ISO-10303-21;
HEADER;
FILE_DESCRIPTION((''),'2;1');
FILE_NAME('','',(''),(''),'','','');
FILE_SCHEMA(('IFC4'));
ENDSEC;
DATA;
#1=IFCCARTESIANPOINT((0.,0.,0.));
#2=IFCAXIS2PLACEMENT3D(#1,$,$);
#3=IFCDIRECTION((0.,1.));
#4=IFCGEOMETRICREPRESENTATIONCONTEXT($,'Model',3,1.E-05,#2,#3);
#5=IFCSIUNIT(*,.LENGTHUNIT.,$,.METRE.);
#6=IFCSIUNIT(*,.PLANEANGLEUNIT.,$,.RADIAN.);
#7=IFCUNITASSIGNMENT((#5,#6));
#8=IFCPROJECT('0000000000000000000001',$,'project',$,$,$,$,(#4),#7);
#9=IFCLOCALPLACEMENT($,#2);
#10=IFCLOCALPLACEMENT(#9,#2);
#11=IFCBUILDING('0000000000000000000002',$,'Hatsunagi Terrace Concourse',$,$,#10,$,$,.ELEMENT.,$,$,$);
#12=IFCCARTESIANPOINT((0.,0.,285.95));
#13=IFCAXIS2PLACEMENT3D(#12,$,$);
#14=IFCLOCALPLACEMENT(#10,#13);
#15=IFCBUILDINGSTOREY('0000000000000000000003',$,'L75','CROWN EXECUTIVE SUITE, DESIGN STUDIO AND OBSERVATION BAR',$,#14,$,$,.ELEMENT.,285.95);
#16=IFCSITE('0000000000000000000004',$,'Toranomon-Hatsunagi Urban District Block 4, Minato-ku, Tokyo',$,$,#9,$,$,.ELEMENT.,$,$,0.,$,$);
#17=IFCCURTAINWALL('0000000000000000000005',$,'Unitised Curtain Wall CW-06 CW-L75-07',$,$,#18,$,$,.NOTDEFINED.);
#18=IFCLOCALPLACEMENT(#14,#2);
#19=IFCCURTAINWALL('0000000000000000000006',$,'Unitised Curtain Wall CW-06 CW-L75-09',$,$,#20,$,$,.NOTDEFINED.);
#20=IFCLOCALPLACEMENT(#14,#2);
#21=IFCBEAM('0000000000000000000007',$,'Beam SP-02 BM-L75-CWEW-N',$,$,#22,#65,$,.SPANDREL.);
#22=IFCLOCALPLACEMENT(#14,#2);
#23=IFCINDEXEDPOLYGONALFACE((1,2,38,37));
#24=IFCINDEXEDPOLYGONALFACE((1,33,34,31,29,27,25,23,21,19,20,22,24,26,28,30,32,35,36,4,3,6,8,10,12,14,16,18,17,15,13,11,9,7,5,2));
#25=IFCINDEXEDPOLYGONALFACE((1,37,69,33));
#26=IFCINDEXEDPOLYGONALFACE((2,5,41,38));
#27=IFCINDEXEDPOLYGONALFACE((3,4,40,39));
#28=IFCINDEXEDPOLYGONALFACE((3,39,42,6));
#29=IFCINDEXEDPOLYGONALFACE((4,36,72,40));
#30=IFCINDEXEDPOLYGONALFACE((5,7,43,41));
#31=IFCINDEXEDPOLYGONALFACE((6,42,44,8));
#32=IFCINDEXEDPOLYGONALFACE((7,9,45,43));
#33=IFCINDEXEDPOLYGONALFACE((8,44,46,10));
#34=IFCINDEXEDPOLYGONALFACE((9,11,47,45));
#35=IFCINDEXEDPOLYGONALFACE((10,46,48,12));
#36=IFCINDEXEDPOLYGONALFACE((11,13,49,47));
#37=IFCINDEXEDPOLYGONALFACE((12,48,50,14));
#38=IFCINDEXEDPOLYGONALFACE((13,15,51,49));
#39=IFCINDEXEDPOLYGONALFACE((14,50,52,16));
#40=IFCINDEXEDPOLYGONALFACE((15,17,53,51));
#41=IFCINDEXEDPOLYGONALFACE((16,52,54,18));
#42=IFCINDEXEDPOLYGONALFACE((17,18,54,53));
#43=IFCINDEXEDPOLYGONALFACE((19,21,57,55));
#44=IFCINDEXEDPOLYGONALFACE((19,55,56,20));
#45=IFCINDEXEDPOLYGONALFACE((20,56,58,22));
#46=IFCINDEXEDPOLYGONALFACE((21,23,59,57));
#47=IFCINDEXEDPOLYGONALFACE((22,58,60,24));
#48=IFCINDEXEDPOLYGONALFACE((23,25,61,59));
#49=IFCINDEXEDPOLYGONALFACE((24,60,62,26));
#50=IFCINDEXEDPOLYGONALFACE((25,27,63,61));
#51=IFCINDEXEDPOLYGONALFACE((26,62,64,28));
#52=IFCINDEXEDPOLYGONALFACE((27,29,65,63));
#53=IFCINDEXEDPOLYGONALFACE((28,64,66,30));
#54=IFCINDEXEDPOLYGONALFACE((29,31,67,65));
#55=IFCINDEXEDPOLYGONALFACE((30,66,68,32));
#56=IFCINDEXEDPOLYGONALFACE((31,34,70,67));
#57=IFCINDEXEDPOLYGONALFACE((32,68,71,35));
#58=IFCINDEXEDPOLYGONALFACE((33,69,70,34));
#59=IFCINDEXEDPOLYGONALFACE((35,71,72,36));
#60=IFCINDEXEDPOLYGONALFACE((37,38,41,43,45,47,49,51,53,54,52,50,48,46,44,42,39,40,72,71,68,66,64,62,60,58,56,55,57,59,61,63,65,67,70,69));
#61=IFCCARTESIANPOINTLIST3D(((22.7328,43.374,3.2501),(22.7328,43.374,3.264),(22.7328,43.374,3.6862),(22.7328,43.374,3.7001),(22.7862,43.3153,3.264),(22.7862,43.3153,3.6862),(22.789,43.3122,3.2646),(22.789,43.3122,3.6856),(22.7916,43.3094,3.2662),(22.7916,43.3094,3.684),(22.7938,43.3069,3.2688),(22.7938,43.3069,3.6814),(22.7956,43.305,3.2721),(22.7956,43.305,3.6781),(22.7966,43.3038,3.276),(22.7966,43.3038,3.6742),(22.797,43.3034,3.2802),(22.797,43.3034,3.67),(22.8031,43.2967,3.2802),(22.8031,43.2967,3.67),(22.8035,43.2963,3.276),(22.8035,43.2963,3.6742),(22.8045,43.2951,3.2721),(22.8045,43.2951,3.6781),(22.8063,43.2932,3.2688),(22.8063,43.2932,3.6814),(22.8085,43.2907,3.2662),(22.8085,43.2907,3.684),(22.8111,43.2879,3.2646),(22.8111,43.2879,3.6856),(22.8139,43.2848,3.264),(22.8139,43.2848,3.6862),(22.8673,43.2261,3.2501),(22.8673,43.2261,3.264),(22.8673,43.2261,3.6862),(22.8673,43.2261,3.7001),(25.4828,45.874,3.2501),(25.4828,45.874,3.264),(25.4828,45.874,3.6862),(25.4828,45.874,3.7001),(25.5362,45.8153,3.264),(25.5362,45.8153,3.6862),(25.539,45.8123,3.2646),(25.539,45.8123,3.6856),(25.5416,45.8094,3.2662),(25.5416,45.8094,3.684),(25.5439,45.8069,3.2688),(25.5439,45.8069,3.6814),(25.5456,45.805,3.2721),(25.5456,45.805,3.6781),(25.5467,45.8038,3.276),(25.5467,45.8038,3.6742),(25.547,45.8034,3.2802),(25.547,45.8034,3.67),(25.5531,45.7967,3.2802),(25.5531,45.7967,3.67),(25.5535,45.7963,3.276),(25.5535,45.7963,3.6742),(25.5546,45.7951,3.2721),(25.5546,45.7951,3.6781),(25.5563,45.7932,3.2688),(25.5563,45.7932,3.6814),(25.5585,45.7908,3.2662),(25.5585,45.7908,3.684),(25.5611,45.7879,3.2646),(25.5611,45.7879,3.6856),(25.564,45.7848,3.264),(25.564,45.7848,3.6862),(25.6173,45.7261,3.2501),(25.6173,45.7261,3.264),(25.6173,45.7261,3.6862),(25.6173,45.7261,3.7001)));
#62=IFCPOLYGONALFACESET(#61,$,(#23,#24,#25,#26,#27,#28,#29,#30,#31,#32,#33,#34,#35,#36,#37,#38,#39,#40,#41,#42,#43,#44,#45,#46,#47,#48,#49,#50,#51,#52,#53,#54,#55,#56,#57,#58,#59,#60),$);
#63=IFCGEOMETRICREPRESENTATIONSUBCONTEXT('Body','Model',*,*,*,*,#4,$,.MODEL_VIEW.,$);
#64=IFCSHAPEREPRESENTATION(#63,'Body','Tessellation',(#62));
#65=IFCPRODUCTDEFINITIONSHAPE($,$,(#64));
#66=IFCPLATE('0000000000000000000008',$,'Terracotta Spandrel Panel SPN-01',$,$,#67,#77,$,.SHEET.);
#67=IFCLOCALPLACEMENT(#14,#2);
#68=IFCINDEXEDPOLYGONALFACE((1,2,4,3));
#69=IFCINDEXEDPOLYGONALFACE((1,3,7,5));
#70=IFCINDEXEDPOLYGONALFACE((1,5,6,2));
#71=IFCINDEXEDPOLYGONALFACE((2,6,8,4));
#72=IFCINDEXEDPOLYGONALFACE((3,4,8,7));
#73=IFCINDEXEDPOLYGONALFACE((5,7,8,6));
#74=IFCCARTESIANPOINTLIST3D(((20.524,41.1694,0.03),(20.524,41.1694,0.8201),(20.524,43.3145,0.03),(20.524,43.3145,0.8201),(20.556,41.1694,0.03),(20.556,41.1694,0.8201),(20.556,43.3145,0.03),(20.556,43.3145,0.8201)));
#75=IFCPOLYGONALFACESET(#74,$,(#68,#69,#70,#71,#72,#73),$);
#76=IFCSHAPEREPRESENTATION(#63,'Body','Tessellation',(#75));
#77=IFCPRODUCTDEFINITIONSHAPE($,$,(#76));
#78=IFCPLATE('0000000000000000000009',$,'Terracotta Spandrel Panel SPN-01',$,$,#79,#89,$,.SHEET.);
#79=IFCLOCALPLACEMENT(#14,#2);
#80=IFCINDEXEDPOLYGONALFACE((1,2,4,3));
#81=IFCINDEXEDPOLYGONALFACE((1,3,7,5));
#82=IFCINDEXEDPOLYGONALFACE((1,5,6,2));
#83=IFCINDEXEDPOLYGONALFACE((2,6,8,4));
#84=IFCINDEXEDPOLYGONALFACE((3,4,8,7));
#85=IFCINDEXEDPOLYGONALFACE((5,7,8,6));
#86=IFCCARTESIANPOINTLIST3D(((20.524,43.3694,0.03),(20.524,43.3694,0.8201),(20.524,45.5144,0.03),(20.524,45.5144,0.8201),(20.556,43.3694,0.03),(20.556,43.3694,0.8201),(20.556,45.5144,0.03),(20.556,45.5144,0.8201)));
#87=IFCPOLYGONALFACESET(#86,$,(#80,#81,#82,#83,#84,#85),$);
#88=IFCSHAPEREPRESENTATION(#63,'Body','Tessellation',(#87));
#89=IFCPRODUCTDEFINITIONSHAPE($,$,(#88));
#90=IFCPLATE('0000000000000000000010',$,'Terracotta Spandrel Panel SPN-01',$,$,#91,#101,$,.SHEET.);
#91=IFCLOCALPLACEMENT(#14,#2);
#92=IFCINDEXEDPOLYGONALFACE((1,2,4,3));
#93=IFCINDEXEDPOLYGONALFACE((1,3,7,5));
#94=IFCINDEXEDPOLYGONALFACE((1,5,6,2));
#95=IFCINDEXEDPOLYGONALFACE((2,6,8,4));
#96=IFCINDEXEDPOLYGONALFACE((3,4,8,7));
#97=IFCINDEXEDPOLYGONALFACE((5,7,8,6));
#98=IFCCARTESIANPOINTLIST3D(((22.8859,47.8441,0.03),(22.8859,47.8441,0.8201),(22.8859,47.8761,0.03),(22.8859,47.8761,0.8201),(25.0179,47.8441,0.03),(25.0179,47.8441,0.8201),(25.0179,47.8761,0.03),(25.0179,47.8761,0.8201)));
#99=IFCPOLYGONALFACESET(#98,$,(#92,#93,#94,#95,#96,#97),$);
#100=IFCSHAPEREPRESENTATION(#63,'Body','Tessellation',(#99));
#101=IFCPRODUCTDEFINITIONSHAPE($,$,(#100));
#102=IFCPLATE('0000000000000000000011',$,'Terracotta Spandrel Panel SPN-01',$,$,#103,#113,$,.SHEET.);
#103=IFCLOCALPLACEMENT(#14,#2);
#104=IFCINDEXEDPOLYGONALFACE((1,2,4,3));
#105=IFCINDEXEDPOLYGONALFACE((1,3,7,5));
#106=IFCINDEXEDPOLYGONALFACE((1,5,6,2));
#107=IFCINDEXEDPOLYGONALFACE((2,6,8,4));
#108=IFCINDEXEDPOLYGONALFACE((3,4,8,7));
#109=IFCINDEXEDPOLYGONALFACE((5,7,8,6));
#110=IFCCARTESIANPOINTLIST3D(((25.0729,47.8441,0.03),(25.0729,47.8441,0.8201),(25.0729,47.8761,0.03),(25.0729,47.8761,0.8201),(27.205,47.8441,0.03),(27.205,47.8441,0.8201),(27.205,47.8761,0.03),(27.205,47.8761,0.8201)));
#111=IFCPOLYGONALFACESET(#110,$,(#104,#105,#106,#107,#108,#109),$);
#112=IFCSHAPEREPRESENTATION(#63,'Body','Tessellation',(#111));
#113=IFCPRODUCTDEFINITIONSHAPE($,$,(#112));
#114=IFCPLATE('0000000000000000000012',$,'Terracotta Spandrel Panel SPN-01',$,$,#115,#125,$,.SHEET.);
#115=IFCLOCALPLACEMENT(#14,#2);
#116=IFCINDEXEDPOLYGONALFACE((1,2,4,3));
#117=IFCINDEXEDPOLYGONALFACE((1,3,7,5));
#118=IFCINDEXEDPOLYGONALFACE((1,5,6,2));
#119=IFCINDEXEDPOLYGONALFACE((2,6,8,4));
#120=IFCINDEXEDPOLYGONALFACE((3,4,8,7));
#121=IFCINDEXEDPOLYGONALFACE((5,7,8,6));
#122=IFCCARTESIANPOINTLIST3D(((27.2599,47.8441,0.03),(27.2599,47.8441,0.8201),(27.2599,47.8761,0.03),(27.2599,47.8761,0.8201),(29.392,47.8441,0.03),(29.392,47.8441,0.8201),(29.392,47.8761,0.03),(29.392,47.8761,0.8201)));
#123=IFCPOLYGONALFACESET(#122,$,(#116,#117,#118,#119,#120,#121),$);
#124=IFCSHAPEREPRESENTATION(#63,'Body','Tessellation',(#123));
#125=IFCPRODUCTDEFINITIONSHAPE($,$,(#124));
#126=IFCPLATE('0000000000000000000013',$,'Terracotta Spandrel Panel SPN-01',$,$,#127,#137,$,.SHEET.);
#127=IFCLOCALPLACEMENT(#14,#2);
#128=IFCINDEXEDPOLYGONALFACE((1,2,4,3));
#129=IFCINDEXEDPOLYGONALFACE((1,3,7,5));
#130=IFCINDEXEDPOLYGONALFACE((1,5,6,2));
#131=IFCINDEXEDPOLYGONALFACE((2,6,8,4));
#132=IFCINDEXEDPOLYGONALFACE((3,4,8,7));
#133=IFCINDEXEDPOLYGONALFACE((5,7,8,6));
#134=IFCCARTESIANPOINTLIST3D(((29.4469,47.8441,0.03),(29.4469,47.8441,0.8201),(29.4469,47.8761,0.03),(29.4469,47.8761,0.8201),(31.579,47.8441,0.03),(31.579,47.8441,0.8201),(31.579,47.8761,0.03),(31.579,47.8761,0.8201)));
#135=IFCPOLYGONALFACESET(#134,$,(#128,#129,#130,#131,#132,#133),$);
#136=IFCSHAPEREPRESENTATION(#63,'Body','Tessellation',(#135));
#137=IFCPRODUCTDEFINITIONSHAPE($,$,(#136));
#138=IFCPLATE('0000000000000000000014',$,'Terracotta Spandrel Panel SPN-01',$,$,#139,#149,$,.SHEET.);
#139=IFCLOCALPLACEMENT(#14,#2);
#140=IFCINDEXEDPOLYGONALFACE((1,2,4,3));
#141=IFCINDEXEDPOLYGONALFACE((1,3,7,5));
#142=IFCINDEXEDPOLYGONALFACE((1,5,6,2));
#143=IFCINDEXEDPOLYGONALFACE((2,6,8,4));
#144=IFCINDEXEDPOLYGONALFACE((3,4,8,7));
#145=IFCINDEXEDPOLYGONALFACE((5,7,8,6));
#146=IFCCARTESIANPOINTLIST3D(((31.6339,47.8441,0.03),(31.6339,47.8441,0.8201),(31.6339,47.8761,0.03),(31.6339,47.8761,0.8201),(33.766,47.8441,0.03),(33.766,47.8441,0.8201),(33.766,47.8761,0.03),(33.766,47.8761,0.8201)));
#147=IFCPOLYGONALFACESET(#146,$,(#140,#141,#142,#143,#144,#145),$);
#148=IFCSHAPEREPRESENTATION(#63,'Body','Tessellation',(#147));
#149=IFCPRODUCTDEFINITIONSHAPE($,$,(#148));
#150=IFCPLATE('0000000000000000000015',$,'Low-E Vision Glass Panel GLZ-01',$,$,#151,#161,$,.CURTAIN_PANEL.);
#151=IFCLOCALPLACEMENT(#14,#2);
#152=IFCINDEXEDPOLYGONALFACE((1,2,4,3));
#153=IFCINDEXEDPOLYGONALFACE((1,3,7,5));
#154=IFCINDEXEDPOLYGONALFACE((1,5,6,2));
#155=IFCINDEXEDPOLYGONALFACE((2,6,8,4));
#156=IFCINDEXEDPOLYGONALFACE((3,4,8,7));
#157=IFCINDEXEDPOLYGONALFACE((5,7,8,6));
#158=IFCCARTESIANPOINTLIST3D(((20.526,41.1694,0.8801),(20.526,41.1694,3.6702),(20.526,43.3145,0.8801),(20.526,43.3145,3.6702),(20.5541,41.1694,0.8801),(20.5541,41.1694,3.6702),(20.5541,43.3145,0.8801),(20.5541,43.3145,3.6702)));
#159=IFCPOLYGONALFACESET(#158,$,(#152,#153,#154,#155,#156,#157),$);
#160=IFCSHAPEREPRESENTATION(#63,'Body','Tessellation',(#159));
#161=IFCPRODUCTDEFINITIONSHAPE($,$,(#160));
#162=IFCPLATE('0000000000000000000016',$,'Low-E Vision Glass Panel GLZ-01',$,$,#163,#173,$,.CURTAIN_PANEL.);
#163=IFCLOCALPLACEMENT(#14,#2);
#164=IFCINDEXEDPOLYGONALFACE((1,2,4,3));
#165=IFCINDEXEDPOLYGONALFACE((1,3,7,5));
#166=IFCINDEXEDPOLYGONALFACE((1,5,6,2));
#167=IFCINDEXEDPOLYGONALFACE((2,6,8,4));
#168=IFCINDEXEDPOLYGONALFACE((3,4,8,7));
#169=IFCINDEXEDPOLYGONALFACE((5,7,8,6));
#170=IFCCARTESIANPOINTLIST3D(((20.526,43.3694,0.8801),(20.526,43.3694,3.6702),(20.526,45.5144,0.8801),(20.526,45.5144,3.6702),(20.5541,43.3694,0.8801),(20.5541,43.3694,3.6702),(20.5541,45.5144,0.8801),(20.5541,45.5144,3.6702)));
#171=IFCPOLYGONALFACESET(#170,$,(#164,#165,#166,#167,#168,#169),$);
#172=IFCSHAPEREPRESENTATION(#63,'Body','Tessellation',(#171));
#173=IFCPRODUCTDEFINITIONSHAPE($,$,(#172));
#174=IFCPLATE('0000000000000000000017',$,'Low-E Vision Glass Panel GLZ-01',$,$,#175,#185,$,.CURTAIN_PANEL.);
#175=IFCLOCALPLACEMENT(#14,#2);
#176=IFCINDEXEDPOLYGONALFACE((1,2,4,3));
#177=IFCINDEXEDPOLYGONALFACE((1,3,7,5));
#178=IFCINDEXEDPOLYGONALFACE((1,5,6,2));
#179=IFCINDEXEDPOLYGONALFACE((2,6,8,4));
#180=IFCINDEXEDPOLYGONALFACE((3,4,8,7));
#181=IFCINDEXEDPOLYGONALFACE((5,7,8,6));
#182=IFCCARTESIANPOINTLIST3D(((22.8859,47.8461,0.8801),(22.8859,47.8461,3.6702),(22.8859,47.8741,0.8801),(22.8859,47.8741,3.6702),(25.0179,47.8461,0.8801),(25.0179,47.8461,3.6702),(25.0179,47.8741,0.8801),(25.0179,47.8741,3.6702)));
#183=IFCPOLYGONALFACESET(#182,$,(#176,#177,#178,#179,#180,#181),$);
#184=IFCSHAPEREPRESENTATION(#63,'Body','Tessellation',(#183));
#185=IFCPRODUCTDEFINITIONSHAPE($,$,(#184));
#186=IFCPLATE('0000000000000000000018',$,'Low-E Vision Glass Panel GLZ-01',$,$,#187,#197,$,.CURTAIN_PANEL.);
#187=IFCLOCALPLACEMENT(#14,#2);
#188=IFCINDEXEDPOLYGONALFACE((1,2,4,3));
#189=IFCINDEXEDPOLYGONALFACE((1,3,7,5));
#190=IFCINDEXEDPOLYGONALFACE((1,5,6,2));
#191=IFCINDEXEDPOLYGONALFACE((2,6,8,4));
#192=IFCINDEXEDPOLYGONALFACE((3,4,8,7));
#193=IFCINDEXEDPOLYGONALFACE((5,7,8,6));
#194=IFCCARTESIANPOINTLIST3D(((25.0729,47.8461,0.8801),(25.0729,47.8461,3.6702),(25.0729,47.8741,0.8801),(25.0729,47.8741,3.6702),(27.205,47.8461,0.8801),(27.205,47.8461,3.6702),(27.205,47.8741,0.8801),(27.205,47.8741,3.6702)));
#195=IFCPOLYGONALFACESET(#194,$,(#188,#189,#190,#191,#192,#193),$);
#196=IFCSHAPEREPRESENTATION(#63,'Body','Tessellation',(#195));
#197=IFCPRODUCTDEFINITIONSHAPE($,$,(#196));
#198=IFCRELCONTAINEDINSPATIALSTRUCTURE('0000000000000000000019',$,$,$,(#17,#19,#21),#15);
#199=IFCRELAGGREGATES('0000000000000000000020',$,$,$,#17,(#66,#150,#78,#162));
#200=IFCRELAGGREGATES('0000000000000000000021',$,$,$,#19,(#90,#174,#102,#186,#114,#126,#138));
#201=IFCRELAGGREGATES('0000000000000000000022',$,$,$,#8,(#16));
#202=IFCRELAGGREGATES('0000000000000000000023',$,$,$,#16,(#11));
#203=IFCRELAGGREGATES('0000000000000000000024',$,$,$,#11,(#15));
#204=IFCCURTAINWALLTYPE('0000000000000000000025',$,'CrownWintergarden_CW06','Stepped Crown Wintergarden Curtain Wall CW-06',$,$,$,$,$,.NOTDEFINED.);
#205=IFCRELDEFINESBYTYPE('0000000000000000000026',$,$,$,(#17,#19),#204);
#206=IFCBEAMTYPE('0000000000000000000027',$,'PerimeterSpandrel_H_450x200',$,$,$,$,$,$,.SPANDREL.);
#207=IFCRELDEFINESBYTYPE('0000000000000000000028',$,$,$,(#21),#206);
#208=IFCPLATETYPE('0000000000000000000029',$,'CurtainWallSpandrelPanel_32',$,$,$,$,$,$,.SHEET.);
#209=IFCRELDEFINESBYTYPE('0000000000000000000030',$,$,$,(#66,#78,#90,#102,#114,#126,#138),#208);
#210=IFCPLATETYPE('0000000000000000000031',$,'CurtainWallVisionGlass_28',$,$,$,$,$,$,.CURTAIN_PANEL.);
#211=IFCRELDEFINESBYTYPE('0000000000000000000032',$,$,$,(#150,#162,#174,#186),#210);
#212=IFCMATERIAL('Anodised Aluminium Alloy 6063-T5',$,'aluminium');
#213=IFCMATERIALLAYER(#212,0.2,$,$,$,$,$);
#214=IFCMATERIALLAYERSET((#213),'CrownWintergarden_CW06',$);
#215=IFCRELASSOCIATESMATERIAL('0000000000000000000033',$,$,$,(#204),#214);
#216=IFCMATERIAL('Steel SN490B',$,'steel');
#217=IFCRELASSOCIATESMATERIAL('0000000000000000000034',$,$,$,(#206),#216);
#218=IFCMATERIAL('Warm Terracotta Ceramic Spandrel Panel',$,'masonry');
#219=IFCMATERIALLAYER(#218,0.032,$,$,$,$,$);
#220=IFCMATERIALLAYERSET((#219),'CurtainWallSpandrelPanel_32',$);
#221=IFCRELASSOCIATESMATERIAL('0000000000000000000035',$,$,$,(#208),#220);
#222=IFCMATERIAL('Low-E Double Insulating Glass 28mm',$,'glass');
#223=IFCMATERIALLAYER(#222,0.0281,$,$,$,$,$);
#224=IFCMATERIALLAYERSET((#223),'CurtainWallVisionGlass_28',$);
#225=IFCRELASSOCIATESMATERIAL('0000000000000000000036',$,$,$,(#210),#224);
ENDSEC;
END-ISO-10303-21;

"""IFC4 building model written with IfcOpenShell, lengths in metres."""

from ifc_helpers import new_model, si_unit, direction, frame, origin, origin_2d, place, context, subcontext, project, spatial, rectangle, i_section, extrude, material, layer, layer_set, material_profile, profile_set, type_object, element, aggregate, save


model = new_model("IFC4")

# Units and contexts
model_context = context("Model", 3, precision=1e-05, world=origin(), true_north=direction((0.0, 1.0)))
body_context = subcontext(model_context, "Body", "Model", "MODEL_VIEW")
ifc_project = project(units=[si_unit("LENGTHUNIT", "METRE"), si_unit("PLANEANGLEUNIT", "RADIAN")], contexts=[model_context])

# Site, building, storey
site_placement = place(None, origin())
site = spatial("IfcSite", under=ifc_project, at=site_placement, Name="Toranomon-Hatsunagi Urban District Block 4, Minato-ku, Tokyo", CompositionType="ELEMENT", RefElevation=0.0)
building_placement = place(site_placement, origin())
building = spatial("IfcBuilding", under=site, at=building_placement, Name="Hatsunagi Terrace Concourse", CompositionType="ELEMENT")
storey_placement = place(building_placement, frame((0.0, 0.0, 285.95)))
storey = spatial("IfcBuildingStorey", under=building, at=storey_placement, Name="L75", Description="CROWN EXECUTIVE SUITE, DESIGN STUDIO AND OBSERVATION BAR", CompositionType="ELEMENT", Elevation=285.95)

# Curtain walls
ifc_material_1 = material(Name="Anodised Aluminium Alloy 6063-T5", Category="aluminium")
ifc_layer_1 = layer(ifc_material_1, 0.2)
ifc_layer_set_1 = layer_set([ifc_layer_1], Name="CrownWintergarden_CW06")
curtain_wall_type = type_object("IfcCurtainWallType", Name="CrownWintergarden_CW06", Description="Stepped Crown Wintergarden Curtain Wall CW-06", PredefinedType="NOTDEFINED", material=ifc_layer_set_1)
curtain_wall_1_placement = place(storey_placement, origin())
curtain_wall_1 = element("IfcCurtainWall", 1, at=curtain_wall_1_placement, inside=storey, type_object=curtain_wall_type, Name="Unitised Curtain Wall CW-06 CW-L75-07", PredefinedType="NOTDEFINED")
curtain_wall_2_placement = place(storey_placement, origin())
curtain_wall_2 = element("IfcCurtainWall", 2, at=curtain_wall_2_placement, inside=storey, type_object=curtain_wall_type, Name="Unitised Curtain Wall CW-06 CW-L75-09", PredefinedType="NOTDEFINED")

# Beam
ifc_material_2 = material(Name="Steel SN490B", Category="steel")
ifc_material_profile_1 = material_profile(ifc_material_2, i_section(OverallWidth=0.2, OverallDepth=0.45, WebThickness=0.009, FlangeThickness=0.0139, FilletRadius=0.0161, at=origin_2d()), Name="H-450x200x9x14")
ifc_profile_set_1 = profile_set([ifc_material_profile_1], Name="Steel SN490B")
beam_type_1 = type_object("IfcBeamType", Name="PerimeterSpandrel_H_450x200", PredefinedType="SPANDREL", material=ifc_profile_set_1)
beam_1_placement = place(storey_placement, frame((22.8, 43.3, 3.4751), z_axis=(0.73994, 0.672673, 0.0), x_axis=(-0.672673, 0.73994, 0.0)))
element("IfcBeam", 3, at=beam_1_placement, inside=storey, type_object=beam_type_1, Name="Beam SP-02 BM-L75-CWEW-N", PredefinedType="SPANDREL", context=body_context, shape_type="SweptSolid", body=[
    extrude(i_section(OverallWidth=0.2, OverallDepth=0.45, WebThickness=0.009, FlangeThickness=0.0139, FilletRadius=0.0161, at=origin_2d()), origin(), (0.0, 0.0, 1.0), 3.7166),
])

# Plates
ifc_material_3 = material(Name="Warm Terracotta Ceramic Spandrel Panel", Category="masonry")
ifc_layer_2 = layer(ifc_material_3, 0.032)
ifc_layer_set_2 = layer_set([ifc_layer_2], Name="CurtainWallSpandrelPanel_32")
plate_type_1 = type_object("IfcPlateType", Name="CurtainWallSpandrelPanel_32", PredefinedType="SHEET", material=ifc_layer_set_2)
plate_1_placement = place(storey_placement, frame((20.54, 42.2419, 0.03), z_axis=(0.0, 0.0, 1.0), x_axis=(0.0, 1.0, 0.0)))
plate_1 = element("IfcPlate", 4, at=plate_1_placement, type_object=plate_type_1, Name="Terracotta Spandrel Panel SPN-01", PredefinedType="SHEET", context=body_context, shape_type="SweptSolid", body=[
    extrude(rectangle(XDim=2.145, YDim=0.032, at=origin_2d()), origin(), (0.0, 0.0, 1.0), 0.79),
])
plate_2_placement = place(storey_placement, frame((20.54, 44.4419, 0.03), z_axis=(0.0, 0.0, 1.0), x_axis=(0.0, 1.0, 0.0)))
plate_2 = element("IfcPlate", 5, at=plate_2_placement, type_object=plate_type_1, Name="Terracotta Spandrel Panel SPN-01", PredefinedType="SHEET", context=body_context, shape_type="SweptSolid", body=[
    extrude(rectangle(XDim=2.145, YDim=0.032, at=origin_2d()), origin(), (0.0, 0.0, 1.0), 0.79),
])
plate_3_placement = place(storey_placement, frame((23.9519, 47.8601, 0.03), z_axis=(0.0, 0.0, 1.0), x_axis=(1.0, 0.0, 0.0)))
plate_3 = element("IfcPlate", 6, at=plate_3_placement, type_object=plate_type_1, Name="Terracotta Spandrel Panel SPN-01", PredefinedType="SHEET", context=body_context, shape_type="SweptSolid", body=[
    extrude(rectangle(XDim=2.1321, YDim=0.032, at=origin_2d()), origin(), (0.0, 0.0, 1.0), 0.79),
])
plate_4_placement = place(storey_placement, frame((26.1389, 47.8601, 0.03), z_axis=(0.0, 0.0, 1.0), x_axis=(1.0, 0.0, 0.0)))
plate_4 = element("IfcPlate", 7, at=plate_4_placement, type_object=plate_type_1, Name="Terracotta Spandrel Panel SPN-01", PredefinedType="SHEET", context=body_context, shape_type="SweptSolid", body=[
    extrude(rectangle(XDim=2.1321, YDim=0.032, at=origin_2d()), origin(), (0.0, 0.0, 1.0), 0.79),
])
plate_5_placement = place(storey_placement, frame((28.3259, 47.8601, 0.03), z_axis=(0.0, 0.0, 1.0), x_axis=(1.0, 0.0, 0.0)))
plate_5 = element("IfcPlate", 8, at=plate_5_placement, type_object=plate_type_1, Name="Terracotta Spandrel Panel SPN-01", PredefinedType="SHEET", context=body_context, shape_type="SweptSolid", body=[
    extrude(rectangle(XDim=2.1321, YDim=0.032, at=origin_2d()), origin(), (0.0, 0.0, 1.0), 0.79),
])
plate_6_placement = place(storey_placement, frame((30.5129, 47.8601, 0.03), z_axis=(0.0, 0.0, 1.0), x_axis=(1.0, 0.0, 0.0)))
plate_6 = element("IfcPlate", 9, at=plate_6_placement, type_object=plate_type_1, Name="Terracotta Spandrel Panel SPN-01", PredefinedType="SHEET", context=body_context, shape_type="SweptSolid", body=[
    extrude(rectangle(XDim=2.1321, YDim=0.032, at=origin_2d()), origin(), (0.0, 0.0, 1.0), 0.79),
])
plate_7_placement = place(storey_placement, frame((32.7, 47.8601, 0.03), z_axis=(0.0, 0.0, 1.0), x_axis=(1.0, 0.0, 0.0)))
plate_7 = element("IfcPlate", 10, at=plate_7_placement, type_object=plate_type_1, Name="Terracotta Spandrel Panel SPN-01", PredefinedType="SHEET", context=body_context, shape_type="SweptSolid", body=[
    extrude(rectangle(XDim=2.1321, YDim=0.032, at=origin_2d()), origin(), (0.0, 0.0, 1.0), 0.79),
])
ifc_material_4 = material(Name="Low-E Double Insulating Glass 28mm", Category="glass")
ifc_layer_3 = layer(ifc_material_4, 0.0281)
ifc_layer_set_3 = layer_set([ifc_layer_3], Name="CurtainWallVisionGlass_28")
plate_type_2 = type_object("IfcPlateType", Name="CurtainWallVisionGlass_28", PredefinedType="CURTAIN_PANEL", material=ifc_layer_set_3)
plate_8_placement = place(storey_placement, frame((20.54, 42.2419, 0.8801), z_axis=(0.0, 0.0, 1.0), x_axis=(0.0, 1.0, 0.0)))
plate_8 = element("IfcPlate", 11, at=plate_8_placement, type_object=plate_type_2, Name="Low-E Vision Glass Panel GLZ-01", PredefinedType="CURTAIN_PANEL", context=body_context, shape_type="SweptSolid", body=[
    extrude(rectangle(XDim=2.145, YDim=0.0281, at=origin_2d()), origin(), (0.0, 0.0, 1.0), 2.79),
])
plate_9_placement = place(storey_placement, frame((20.54, 44.4419, 0.8801), z_axis=(0.0, 0.0, 1.0), x_axis=(0.0, 1.0, 0.0)))
plate_9 = element("IfcPlate", 12, at=plate_9_placement, type_object=plate_type_2, Name="Low-E Vision Glass Panel GLZ-01", PredefinedType="CURTAIN_PANEL", context=body_context, shape_type="SweptSolid", body=[
    extrude(rectangle(XDim=2.145, YDim=0.0281, at=origin_2d()), origin(), (0.0, 0.0, 1.0), 2.79),
])
aggregate(curtain_wall_1, [plate_1, plate_8, plate_2, plate_9])
plate_10_placement = place(storey_placement, frame((23.9519, 47.8601, 0.8801), z_axis=(0.0, 0.0, 1.0), x_axis=(1.0, 0.0, 0.0)))
plate_10 = element("IfcPlate", 13, at=plate_10_placement, type_object=plate_type_2, Name="Low-E Vision Glass Panel GLZ-01", PredefinedType="CURTAIN_PANEL", context=body_context, shape_type="SweptSolid", body=[
    extrude(rectangle(XDim=2.1321, YDim=0.0281, at=origin_2d()), origin(), (0.0, 0.0, 1.0), 2.79),
])
plate_11_placement = place(storey_placement, frame((26.1389, 47.8601, 0.8801), z_axis=(0.0, 0.0, 1.0), x_axis=(1.0, 0.0, 0.0)))
plate_11 = element("IfcPlate", 14, at=plate_11_placement, type_object=plate_type_2, Name="Low-E Vision Glass Panel GLZ-01", PredefinedType="CURTAIN_PANEL", context=body_context, shape_type="SweptSolid", body=[
    extrude(rectangle(XDim=2.1321, YDim=0.0281, at=origin_2d()), origin(), (0.0, 0.0, 1.0), 2.79),
])
aggregate(curtain_wall_2, [plate_3, plate_10, plate_4, plate_11, plate_5, plate_6, plate_7])

save(model, "model.ifc")
